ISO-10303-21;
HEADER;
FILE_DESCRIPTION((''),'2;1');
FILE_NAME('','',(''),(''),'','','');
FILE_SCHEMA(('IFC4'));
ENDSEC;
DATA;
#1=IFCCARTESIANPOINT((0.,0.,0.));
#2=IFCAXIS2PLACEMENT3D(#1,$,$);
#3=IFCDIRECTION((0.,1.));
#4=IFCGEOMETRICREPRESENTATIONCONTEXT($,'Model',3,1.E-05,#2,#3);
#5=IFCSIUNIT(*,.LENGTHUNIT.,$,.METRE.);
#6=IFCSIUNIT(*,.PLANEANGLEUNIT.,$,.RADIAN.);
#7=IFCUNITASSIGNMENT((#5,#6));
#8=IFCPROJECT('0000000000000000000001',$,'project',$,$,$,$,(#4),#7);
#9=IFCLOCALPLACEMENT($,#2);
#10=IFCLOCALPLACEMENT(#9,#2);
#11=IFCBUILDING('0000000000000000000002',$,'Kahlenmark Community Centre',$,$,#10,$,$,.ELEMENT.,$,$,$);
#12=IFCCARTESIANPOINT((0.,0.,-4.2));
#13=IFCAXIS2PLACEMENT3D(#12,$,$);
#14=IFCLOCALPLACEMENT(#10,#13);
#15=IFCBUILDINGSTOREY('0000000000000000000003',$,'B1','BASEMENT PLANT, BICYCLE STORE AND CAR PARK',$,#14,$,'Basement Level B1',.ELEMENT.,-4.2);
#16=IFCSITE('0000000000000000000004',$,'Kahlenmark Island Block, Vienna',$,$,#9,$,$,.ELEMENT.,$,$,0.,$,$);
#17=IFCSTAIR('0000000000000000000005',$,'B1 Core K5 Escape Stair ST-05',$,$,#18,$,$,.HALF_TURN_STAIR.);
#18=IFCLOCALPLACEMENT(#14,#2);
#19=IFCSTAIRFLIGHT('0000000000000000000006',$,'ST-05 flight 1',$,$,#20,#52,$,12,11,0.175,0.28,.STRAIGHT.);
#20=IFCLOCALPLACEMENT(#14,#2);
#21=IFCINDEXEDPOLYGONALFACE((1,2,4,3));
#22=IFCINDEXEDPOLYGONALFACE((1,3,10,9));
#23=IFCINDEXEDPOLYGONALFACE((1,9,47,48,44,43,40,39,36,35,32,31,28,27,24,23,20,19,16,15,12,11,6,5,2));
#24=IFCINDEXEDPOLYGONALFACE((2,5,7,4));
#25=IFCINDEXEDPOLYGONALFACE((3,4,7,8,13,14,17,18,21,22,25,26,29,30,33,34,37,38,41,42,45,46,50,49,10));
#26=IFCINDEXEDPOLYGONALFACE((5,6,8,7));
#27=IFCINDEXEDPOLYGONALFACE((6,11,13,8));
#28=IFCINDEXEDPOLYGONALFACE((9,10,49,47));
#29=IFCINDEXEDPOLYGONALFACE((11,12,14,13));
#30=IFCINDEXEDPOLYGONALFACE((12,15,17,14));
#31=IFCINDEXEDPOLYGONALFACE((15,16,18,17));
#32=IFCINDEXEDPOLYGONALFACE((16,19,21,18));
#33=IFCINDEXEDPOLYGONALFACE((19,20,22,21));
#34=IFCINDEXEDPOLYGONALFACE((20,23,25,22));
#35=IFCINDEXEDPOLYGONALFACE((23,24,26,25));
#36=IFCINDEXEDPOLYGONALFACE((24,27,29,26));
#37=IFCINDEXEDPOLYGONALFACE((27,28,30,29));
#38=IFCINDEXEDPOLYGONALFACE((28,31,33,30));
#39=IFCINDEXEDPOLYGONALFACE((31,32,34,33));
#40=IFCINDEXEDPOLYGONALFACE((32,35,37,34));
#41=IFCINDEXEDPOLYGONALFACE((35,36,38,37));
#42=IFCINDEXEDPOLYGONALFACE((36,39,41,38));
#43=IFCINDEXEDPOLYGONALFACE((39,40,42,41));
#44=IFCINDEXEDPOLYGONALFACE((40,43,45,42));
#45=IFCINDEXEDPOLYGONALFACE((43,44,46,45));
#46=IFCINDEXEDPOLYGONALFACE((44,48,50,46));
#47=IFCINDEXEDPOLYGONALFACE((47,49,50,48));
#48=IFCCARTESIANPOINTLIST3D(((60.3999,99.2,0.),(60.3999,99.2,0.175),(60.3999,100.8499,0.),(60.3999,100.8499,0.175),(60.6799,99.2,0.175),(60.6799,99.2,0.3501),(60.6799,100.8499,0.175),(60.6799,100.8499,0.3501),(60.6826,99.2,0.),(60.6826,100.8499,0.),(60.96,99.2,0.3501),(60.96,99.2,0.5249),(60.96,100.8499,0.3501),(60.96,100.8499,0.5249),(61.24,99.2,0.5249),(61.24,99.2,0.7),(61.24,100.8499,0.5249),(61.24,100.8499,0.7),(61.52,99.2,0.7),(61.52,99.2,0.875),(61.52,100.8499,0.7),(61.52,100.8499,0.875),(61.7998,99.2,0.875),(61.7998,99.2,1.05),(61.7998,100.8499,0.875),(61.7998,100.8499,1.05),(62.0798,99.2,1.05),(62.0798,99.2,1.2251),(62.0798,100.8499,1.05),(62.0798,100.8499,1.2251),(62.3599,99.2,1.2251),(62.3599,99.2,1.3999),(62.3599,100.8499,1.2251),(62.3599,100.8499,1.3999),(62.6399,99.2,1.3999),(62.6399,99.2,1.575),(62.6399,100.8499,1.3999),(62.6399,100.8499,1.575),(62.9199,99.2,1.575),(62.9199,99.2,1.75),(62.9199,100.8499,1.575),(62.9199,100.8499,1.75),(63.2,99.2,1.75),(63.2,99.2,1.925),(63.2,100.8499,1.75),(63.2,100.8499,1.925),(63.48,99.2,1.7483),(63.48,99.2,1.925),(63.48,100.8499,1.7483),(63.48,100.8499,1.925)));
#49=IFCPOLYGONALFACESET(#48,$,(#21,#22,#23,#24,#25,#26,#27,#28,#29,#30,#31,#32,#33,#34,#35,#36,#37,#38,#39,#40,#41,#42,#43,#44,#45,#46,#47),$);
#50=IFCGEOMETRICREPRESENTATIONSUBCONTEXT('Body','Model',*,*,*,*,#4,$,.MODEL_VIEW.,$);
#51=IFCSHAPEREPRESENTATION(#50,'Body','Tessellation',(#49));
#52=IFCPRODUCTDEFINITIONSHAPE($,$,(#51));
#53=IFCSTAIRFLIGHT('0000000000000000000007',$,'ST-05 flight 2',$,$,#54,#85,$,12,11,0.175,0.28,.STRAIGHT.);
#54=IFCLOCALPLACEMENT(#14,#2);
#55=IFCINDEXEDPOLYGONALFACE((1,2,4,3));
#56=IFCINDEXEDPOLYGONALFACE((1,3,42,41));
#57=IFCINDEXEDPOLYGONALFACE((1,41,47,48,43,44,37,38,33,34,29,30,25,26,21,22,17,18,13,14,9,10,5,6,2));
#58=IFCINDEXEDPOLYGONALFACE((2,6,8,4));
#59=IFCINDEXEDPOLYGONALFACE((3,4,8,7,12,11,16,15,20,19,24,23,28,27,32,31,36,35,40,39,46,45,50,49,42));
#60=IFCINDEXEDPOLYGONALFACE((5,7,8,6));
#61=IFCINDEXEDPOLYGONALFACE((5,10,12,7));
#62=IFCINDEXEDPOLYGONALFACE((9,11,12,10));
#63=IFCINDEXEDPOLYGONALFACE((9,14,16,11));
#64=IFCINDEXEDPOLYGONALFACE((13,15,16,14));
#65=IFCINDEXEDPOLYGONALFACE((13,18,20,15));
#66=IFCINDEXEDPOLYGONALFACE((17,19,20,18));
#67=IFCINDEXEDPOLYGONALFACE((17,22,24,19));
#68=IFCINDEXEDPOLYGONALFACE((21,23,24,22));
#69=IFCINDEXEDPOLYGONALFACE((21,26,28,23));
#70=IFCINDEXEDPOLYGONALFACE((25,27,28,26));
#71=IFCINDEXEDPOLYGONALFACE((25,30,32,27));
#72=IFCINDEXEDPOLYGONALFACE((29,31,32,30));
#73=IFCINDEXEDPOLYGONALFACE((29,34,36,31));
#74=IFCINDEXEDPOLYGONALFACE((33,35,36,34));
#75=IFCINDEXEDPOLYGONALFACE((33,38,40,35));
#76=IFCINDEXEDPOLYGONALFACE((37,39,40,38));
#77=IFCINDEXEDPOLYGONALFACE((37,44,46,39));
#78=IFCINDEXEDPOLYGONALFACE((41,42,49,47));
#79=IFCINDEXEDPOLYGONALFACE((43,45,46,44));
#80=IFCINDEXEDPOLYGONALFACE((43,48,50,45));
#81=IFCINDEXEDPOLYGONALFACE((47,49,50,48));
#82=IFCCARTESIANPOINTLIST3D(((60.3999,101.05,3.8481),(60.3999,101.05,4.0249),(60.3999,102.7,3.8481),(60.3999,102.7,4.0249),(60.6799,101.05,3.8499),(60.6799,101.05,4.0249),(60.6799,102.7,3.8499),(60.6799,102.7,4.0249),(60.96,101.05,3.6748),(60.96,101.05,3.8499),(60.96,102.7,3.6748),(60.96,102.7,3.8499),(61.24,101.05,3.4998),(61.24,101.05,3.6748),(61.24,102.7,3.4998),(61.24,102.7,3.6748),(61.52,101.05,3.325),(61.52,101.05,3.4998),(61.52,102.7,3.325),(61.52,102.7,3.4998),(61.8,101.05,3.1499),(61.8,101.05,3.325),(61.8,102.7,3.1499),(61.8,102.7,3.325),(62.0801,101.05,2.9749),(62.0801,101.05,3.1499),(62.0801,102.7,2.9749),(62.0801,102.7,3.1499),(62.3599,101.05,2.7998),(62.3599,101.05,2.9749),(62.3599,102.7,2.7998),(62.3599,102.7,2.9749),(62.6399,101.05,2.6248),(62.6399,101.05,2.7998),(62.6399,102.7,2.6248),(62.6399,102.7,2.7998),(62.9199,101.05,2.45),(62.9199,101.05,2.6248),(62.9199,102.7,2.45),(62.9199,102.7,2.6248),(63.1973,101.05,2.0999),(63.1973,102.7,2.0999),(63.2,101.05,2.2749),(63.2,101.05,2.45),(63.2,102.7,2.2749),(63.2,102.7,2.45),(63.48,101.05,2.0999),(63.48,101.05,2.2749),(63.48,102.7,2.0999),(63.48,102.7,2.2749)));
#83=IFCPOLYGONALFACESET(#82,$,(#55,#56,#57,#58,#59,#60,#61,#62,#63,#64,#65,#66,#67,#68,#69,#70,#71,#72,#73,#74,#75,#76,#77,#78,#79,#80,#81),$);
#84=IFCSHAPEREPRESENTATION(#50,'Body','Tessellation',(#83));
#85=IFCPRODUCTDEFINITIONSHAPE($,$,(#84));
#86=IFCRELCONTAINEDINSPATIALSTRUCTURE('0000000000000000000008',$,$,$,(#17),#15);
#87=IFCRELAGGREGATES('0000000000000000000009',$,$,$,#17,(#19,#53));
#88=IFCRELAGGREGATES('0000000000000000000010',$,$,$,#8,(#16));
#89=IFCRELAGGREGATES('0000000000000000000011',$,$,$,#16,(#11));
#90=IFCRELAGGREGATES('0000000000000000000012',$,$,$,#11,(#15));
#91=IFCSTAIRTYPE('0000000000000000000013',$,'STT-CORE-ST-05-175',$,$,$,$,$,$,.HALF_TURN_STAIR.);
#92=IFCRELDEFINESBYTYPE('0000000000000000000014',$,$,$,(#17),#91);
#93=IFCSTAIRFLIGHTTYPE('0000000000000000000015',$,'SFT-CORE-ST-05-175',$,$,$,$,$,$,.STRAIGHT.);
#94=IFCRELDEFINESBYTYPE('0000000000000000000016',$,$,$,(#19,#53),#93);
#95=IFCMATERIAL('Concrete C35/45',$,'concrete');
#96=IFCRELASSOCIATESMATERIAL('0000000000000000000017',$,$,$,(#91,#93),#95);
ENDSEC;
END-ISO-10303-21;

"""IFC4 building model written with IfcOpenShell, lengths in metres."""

from ifc_helpers import new_model, si_unit, direction, frame, origin, place, context, subcontext, project, spatial, polyline, outline, extrude, material, type_object, element, aggregate, save


model = new_model("IFC4")

# Units and contexts
model_context = context("Model", 3, precision=1e-05, world=origin(), true_north=direction((0.0, 1.0)))
body_context = subcontext(model_context, "Body", "Model", "MODEL_VIEW")
ifc_project = project(units=[si_unit("LENGTHUNIT", "METRE"), si_unit("PLANEANGLEUNIT", "RADIAN")], contexts=[model_context])

# Site, building, storey
site_placement = place(None, origin())
site = spatial("IfcSite", under=ifc_project, at=site_placement, Name="Kahlenmark Island Block, Vienna", CompositionType="ELEMENT", RefElevation=0.0)
building_placement = place(site_placement, origin())
building = spatial("IfcBuilding", under=site, at=building_placement, Name="Kahlenmark Community Centre", CompositionType="ELEMENT")
storey_placement = place(building_placement, frame((0.0, 0.0, -4.2)))
storey = spatial("IfcBuildingStorey", under=building, at=storey_placement, Name="B1", Description="BASEMENT PLANT, BICYCLE STORE AND CAR PARK", LongName="Basement Level B1", CompositionType="ELEMENT", Elevation=-4.2)

# Shared definitions
ifc_material_1 = material(Name="Concrete C35/45", Category="concrete")

# Stair, stair flights
stair_type = type_object("IfcStairType", Name="STT-CORE-ST-05-175", PredefinedType="HALF_TURN_STAIR", material=ifc_material_1)
stair_placement = place(storey_placement, origin())
stair = element("IfcStair", 1, at=stair_placement, inside=storey, type_object=stair_type, Name="B1 Core K5 Escape Stair ST-05", PredefinedType="HALF_TURN_STAIR")
stair_flight_type = type_object("IfcStairFlightType", Name="SFT-CORE-ST-05-175", PredefinedType="STRAIGHT", material=ifc_material_1)
stair_flight_1_placement = place(storey_placement, frame((60.3999, 100.0249, 0.0), z_axis=(0.0, 0.0, 1.0), x_axis=(1.0, 0.0, 0.0)))
stair_flight_1 = element("IfcStairFlight", 2, at=stair_flight_1_placement, type_object=stair_flight_type, Name="ST-05 flight 1", NumberOfRisers=12, NumberOfTreads=11, PredefinedType="STRAIGHT", RiserHeight=0.175, TreadLength=0.28, context=body_context, shape_type="SweptSolid", body=[
    extrude(outline(polyline([(0.0, 0.0), (0.0, 0.175), (0.28, 0.175), (0.28, 0.3501), (0.5601, 0.3501), (0.5601, 0.5249), (0.8401, 0.5249), (0.8401, 0.7), (1.1201, 0.7), (1.1201, 0.875), (1.3999, 0.875), (1.3999, 1.05), (1.6799, 1.05), (1.6799, 1.2251), (1.96, 1.2251), (1.96, 1.3999), (2.24, 1.3999), (2.24, 1.575), (2.52, 1.575), (2.52, 1.75), (2.8, 1.75), (2.8, 1.925), (3.0801, 1.925), (3.0801, 2.1001), (3.0801, 1.7483), (0.2827, 0.0), (0.0, 0.0)])), frame((0.0, 0.825, 0.0), z_axis=(0.0, -1.0, 0.0), x_axis=(1.0, 0.0, 0.0)), (0.0, 0.0, 1.0), 1.6499),
])
stair_flight_2_placement = place(storey_placement, frame((63.48, 101.875, 2.0999), z_axis=(0.0, 0.0, 1.0), x_axis=(-1.0, 0.0, 0.0)))
stair_flight_2 = element("IfcStairFlight", 3, at=stair_flight_2_placement, type_object=stair_flight_type, Name="ST-05 flight 2", NumberOfRisers=12, NumberOfTreads=11, PredefinedType="STRAIGHT", RiserHeight=0.175, TreadLength=0.28, context=body_context, shape_type="SweptSolid", body=[
    extrude(outline(polyline([(0.0, 0.0), (0.0, 0.175), (0.28, 0.175), (0.28, 0.3501), (0.5601, 0.3501), (0.5601, 0.5249), (0.8401, 0.5249), (0.8401, 0.7), (1.1201, 0.7), (1.1201, 0.875), (1.3999, 0.875), (1.3999, 1.05), (1.6799, 1.05), (1.6799, 1.2251), (1.96, 1.2251), (1.96, 1.3999), (2.24, 1.3999), (2.24, 1.575), (2.52, 1.575), (2.52, 1.75), (2.8, 1.75), (2.8, 1.925), (3.0801, 1.925), (3.0801, 2.1001), (3.0801, 1.7483), (0.2827, 0.0), (0.0, 0.0)])), frame((0.0, 0.825, 0.0), z_axis=(0.0, -1.0, 0.0), x_axis=(1.0, 0.0, 0.0)), (0.0, 0.0, 1.0), 1.6499),
])
aggregate(stair, [stair_flight_1, stair_flight_2])

save(model, "model.ifc")
